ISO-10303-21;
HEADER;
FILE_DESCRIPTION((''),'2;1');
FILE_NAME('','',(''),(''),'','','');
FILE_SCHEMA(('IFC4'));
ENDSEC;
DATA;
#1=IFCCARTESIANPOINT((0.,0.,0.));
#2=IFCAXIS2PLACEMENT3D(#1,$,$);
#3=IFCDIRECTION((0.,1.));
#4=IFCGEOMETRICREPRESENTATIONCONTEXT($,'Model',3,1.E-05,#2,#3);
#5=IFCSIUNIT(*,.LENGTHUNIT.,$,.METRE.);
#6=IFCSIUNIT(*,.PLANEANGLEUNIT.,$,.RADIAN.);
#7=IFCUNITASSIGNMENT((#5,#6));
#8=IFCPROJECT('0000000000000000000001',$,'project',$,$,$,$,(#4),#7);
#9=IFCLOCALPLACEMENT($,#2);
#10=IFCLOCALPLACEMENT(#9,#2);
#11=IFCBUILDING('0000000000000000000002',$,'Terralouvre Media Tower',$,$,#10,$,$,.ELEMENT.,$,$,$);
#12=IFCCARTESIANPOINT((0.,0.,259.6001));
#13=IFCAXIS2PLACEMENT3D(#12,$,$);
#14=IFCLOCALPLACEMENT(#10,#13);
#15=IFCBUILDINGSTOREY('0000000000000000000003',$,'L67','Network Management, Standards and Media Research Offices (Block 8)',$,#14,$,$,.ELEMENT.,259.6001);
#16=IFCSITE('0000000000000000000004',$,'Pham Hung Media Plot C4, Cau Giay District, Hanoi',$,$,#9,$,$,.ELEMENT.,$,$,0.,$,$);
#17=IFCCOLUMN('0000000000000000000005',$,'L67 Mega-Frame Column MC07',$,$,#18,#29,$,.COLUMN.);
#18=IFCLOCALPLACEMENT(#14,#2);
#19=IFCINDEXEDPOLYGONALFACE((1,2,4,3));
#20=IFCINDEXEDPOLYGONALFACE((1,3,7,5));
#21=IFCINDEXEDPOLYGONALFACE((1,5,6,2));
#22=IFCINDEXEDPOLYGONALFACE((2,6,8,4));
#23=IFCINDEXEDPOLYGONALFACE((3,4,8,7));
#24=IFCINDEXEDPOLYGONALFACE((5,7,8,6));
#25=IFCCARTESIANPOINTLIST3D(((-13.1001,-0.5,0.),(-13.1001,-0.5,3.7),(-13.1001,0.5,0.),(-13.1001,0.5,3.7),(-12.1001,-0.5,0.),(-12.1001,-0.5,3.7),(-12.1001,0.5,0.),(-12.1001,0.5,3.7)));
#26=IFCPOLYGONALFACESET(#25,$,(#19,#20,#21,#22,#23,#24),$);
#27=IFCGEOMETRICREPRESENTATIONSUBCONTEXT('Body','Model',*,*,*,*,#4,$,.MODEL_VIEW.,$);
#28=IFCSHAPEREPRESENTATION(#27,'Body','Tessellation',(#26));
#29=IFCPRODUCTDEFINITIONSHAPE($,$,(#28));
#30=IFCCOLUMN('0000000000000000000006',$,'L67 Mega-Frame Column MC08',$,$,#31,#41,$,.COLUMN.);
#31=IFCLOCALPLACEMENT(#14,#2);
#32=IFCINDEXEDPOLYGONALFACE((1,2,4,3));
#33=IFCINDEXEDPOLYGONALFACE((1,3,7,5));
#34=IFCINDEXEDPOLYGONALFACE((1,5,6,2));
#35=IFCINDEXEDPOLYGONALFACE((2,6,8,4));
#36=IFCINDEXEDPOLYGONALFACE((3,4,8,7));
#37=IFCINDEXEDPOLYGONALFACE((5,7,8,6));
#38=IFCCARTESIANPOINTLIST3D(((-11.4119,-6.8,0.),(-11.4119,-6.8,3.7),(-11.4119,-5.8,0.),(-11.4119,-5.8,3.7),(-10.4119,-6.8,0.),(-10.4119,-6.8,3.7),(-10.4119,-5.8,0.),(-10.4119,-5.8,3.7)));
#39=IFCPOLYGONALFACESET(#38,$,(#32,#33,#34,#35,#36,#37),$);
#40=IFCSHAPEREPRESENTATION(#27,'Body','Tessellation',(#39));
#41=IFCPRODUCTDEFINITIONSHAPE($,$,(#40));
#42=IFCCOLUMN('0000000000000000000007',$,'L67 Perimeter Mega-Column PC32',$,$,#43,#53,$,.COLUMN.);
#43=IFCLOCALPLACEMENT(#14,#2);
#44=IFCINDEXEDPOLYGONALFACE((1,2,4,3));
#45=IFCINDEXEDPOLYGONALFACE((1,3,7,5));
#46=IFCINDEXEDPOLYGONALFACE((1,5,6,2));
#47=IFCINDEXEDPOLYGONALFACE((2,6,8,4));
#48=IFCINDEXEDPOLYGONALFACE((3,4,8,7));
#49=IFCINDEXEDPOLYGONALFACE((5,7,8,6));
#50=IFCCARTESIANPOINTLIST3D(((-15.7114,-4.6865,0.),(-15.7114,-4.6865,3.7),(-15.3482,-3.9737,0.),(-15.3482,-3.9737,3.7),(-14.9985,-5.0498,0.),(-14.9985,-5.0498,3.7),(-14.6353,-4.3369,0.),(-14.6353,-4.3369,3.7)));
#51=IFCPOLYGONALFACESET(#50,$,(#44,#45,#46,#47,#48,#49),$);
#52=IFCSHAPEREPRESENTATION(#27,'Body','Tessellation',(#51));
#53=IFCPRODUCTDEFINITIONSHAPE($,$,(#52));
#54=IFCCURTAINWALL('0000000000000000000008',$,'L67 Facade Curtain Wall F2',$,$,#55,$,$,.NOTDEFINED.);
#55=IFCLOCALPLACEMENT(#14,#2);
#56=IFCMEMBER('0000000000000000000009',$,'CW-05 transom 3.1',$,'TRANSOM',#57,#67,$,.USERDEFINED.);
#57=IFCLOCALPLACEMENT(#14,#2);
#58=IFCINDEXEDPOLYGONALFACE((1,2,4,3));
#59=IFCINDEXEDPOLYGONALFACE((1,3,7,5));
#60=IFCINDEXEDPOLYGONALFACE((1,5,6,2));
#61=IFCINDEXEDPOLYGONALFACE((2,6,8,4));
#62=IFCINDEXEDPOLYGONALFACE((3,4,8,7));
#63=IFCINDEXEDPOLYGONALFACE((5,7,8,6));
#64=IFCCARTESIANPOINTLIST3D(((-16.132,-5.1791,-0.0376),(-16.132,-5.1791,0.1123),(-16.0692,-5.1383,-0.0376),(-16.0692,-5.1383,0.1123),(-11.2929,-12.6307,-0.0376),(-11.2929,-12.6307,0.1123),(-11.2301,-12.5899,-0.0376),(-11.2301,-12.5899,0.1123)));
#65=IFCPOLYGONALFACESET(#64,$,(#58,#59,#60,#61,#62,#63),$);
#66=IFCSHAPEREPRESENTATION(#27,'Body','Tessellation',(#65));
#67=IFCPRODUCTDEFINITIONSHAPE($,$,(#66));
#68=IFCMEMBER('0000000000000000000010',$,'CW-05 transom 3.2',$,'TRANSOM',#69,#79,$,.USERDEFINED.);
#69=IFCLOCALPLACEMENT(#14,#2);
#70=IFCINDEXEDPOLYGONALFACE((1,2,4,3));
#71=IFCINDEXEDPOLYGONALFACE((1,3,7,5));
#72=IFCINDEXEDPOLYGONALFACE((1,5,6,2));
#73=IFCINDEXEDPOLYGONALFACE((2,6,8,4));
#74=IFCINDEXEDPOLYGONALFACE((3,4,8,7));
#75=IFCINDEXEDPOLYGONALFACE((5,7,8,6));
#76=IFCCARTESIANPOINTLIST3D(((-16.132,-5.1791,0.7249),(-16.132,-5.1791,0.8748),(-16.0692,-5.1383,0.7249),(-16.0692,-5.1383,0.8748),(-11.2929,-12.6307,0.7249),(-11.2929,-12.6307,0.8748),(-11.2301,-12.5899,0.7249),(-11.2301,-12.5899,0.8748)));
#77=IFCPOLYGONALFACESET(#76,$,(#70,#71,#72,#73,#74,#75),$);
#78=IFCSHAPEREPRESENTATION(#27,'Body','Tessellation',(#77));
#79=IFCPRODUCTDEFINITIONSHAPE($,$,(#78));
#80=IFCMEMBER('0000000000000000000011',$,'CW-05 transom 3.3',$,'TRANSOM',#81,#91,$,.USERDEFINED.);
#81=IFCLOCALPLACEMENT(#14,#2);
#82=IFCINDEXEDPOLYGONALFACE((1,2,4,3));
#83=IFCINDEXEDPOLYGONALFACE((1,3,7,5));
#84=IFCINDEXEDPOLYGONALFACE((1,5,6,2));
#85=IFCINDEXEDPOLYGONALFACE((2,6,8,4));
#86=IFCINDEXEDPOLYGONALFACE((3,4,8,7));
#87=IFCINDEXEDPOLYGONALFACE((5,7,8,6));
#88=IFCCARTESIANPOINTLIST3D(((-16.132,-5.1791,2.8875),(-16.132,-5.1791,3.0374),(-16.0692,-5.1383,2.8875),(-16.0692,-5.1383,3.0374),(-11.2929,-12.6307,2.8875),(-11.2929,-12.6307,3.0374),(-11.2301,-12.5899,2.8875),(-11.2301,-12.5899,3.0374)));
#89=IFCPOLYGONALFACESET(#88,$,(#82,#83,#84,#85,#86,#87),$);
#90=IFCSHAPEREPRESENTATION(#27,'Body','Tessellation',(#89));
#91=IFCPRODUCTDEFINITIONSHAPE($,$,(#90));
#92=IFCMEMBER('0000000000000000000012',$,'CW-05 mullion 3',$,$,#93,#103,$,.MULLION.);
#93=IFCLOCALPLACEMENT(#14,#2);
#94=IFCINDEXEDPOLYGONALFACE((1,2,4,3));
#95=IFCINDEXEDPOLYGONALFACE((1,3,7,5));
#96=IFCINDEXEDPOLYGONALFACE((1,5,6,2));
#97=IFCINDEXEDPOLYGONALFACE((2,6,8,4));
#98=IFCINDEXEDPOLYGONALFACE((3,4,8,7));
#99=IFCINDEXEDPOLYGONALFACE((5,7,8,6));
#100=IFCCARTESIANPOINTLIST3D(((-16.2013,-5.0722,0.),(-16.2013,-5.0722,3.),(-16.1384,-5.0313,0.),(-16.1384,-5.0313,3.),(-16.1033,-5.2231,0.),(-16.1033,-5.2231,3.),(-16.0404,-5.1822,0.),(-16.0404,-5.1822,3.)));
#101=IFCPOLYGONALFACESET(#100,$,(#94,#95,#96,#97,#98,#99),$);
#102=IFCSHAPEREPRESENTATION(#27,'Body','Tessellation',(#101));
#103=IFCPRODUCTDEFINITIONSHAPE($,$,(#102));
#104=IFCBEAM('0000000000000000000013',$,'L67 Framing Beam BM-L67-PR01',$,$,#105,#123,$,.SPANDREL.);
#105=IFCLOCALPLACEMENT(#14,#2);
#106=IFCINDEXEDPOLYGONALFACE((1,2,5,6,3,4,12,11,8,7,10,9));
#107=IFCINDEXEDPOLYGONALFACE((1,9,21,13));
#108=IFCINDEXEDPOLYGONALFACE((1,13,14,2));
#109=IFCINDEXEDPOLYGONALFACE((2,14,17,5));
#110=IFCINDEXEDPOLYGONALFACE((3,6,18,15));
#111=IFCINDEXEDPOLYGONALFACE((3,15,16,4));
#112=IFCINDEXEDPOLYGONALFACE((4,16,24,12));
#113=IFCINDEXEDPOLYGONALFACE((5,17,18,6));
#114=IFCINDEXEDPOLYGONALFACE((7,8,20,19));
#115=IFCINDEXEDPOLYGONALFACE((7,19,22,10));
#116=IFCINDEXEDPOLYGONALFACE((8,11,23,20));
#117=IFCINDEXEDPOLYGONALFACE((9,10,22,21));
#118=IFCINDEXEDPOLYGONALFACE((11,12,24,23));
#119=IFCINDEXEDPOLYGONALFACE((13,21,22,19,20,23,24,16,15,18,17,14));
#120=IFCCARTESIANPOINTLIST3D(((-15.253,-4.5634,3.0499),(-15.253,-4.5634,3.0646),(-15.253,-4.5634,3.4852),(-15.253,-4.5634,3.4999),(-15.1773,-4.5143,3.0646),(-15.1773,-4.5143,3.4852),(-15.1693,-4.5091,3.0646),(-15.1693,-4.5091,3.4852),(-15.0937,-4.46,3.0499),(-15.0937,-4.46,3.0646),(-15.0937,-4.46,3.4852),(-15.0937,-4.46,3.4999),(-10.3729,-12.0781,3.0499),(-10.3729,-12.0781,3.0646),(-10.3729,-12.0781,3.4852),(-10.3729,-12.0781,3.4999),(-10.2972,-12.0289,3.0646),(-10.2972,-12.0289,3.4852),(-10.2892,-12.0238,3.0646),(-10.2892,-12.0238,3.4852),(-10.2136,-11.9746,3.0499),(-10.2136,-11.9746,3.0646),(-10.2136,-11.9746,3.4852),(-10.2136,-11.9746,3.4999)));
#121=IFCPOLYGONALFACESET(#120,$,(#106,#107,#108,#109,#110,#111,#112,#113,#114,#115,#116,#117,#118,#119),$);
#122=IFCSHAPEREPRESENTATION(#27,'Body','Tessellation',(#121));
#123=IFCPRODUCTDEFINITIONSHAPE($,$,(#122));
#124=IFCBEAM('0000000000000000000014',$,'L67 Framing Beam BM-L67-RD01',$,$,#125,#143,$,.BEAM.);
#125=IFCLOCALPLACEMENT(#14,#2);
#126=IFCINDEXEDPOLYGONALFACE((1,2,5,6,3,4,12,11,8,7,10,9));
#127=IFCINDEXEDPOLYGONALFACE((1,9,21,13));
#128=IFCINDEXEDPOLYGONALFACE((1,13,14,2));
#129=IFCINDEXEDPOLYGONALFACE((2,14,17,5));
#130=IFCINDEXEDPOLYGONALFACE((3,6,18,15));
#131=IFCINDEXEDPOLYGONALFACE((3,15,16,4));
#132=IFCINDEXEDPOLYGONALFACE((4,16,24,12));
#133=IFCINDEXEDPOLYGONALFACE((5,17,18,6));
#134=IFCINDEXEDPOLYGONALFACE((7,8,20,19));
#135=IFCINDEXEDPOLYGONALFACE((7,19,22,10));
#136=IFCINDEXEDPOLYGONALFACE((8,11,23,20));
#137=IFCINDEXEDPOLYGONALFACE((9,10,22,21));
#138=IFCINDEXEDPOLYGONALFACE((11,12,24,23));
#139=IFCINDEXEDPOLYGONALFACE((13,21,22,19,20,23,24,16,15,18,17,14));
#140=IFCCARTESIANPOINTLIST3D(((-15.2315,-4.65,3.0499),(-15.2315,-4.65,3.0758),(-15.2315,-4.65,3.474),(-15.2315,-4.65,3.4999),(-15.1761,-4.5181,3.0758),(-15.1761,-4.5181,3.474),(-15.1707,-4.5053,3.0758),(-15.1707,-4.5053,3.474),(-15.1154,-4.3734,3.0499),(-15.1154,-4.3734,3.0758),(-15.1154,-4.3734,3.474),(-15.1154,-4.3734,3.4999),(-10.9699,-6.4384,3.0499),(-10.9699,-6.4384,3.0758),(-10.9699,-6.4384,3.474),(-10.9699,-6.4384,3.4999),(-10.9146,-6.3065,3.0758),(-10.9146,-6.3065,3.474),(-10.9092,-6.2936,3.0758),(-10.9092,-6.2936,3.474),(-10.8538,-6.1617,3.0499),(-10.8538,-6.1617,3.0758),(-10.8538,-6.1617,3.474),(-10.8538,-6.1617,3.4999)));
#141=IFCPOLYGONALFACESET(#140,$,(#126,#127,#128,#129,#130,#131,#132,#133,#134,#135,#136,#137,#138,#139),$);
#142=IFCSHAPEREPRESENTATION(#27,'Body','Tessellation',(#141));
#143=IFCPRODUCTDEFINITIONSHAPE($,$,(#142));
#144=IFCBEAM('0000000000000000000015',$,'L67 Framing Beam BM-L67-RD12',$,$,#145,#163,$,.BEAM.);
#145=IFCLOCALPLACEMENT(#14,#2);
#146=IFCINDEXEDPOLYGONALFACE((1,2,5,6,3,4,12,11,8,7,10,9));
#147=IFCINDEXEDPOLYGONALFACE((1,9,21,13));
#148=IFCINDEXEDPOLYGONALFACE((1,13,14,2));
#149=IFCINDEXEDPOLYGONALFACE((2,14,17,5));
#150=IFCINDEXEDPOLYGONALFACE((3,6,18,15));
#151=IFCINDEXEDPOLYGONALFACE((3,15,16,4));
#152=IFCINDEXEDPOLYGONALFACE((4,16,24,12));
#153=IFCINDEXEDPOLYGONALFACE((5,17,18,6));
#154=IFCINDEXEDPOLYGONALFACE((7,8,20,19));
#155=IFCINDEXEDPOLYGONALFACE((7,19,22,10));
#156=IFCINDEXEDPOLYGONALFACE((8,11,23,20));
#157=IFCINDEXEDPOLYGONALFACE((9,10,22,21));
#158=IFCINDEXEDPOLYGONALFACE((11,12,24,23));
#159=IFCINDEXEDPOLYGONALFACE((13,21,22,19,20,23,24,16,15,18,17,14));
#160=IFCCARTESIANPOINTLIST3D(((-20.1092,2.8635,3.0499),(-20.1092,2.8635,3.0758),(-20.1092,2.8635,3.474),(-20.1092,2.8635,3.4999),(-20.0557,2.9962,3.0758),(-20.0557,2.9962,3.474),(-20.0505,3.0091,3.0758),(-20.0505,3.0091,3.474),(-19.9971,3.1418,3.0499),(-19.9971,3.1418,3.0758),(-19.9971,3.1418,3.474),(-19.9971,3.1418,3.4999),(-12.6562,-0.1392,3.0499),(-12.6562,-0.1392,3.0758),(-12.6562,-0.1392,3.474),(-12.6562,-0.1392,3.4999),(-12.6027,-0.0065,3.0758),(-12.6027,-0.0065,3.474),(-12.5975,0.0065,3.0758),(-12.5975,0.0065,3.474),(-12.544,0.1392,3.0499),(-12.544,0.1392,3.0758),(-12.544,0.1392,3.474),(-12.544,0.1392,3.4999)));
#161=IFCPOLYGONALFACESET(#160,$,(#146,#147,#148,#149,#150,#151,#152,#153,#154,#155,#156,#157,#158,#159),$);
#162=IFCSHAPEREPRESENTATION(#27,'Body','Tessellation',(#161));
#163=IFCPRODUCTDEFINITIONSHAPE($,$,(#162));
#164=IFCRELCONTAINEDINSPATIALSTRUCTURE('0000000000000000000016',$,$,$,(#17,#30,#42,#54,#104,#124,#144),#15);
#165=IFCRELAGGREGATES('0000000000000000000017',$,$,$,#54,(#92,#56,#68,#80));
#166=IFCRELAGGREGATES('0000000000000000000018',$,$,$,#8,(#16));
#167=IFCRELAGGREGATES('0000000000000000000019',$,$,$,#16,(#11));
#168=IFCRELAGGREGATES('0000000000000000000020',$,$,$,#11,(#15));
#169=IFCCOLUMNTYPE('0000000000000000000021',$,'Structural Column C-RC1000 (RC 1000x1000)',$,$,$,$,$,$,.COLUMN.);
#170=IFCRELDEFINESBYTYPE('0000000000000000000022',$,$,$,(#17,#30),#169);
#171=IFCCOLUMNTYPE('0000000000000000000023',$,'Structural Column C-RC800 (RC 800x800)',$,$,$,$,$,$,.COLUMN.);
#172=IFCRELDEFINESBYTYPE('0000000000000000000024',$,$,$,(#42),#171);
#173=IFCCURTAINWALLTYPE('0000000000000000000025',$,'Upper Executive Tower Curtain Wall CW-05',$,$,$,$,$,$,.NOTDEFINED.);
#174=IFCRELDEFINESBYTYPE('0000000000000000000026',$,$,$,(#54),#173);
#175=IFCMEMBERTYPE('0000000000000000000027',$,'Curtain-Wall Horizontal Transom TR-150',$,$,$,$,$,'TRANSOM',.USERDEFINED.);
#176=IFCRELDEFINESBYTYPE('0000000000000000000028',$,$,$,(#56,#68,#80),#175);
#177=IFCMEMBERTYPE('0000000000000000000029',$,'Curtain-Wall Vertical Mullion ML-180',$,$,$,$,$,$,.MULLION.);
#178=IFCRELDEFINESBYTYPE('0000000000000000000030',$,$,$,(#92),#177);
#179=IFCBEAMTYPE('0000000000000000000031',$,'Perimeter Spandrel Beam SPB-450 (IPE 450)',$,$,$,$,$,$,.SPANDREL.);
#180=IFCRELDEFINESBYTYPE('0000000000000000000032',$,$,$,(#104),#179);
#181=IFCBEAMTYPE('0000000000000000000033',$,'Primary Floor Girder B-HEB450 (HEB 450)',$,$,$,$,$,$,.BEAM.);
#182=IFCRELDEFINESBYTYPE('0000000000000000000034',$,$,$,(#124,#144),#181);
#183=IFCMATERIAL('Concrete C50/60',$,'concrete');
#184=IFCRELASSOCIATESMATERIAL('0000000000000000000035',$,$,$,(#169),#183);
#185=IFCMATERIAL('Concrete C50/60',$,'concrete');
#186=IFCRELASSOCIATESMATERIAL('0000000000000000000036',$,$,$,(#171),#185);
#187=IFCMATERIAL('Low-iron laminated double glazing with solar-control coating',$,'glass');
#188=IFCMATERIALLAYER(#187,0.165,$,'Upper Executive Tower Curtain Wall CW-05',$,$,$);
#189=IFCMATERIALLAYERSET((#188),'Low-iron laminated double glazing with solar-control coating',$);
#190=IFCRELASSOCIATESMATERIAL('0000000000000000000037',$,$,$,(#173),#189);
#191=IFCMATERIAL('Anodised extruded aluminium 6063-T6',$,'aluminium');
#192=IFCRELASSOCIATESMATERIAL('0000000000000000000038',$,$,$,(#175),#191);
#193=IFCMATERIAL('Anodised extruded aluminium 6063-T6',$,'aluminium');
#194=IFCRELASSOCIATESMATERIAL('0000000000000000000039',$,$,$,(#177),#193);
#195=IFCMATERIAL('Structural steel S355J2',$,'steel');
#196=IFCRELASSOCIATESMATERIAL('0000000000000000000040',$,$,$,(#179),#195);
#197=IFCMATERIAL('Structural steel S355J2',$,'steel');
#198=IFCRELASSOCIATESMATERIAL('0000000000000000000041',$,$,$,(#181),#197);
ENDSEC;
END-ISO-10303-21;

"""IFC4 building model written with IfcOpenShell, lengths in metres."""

from ifc_helpers import new_model, si_unit, direction, frame, origin, origin_2d, place, context, subcontext, project, spatial, rectangle, i_section, extrude, material, layer, layer_set, material_profile, profile_set, type_object, element, aggregate, save


model = new_model("IFC4")

# Units and contexts
model_context = context("Model", 3, precision=1e-05, world=origin(), true_north=direction((0.0, 1.0)))
body_context = subcontext(model_context, "Body", "Model", "MODEL_VIEW")
ifc_project = project(units=[si_unit("LENGTHUNIT", "METRE"), si_unit("PLANEANGLEUNIT", "RADIAN")], contexts=[model_context])

# Site, building, storey
site_placement = place(None, origin())
site = spatial("IfcSite", under=ifc_project, at=site_placement, Name="Pham Hung Media Plot C4, Cau Giay District, Hanoi", CompositionType="ELEMENT", RefElevation=0.0)
building_placement = place(site_placement, origin())
building = spatial("IfcBuilding", under=site, at=building_placement, Name="Terralouvre Media Tower", CompositionType="ELEMENT")
storey_placement = place(building_placement, frame((0.0, 0.0, 259.6001)))
storey = spatial("IfcBuildingStorey", under=building, at=storey_placement, Name="L67", Description="Network Management, Standards and Media Research Offices (Block 8)", CompositionType="ELEMENT", Elevation=259.6001)

# Columns
ifc_material_1 = material(Name="Concrete C50/60", Category="concrete")
ifc_material_profile_1 = material_profile(ifc_material_1, rectangle(XDim=1.0, YDim=1.0, at=origin_2d()), Name="RC 1000x1000")
ifc_profile_set_1 = profile_set([ifc_material_profile_1], Name="Concrete C50/60")
column_type_1 = type_object("IfcColumnType", Name="Structural Column C-RC1000 (RC 1000x1000)", PredefinedType="COLUMN", material=ifc_profile_set_1)
for number, where, z_axis, x_axis, name in (
    (1, (-12.6001, 0.0, 0.0), (0.0, 0.0, 1.0), (1.0, 0.0, 0.0), "L67 Mega-Frame Column MC07"),
    (2, (-10.9119, -6.3, 0.0), (0.0, 0.0, 1.0), (1.0, 0.0, 0.0), "L67 Mega-Frame Column MC08"),
):
    element("IfcColumn", number, at=place(storey_placement, frame(where, z_axis=z_axis, x_axis=x_axis)), inside=storey, type_object=column_type_1, Name=name, PredefinedType="COLUMN", context=body_context, shape_type="SweptSolid", body=[
        extrude(rectangle(XDim=1.0, YDim=1.0, at=origin_2d()), origin(), (0.0, 0.0, 1.0), 3.7),
    ])
ifc_material_2 = material(Name="Concrete C50/60", Category="concrete")
ifc_material_profile_2 = material_profile(ifc_material_2, rectangle(XDim=0.8, YDim=0.8, at=origin_2d()), Name="RC 800x800")
ifc_profile_set_2 = profile_set([ifc_material_profile_2], Name="Concrete C50/60")
column_type_2 = type_object("IfcColumnType", Name="Structural Column C-RC800 (RC 800x800)", PredefinedType="COLUMN", material=ifc_profile_set_2)
column_placement = place(storey_placement, frame((-15.1733, -4.5117, 0.0), z_axis=(0.0, 0.0, 1.0), x_axis=(0.45399, 0.891007, 0.0)))
element("IfcColumn", 3, at=column_placement, inside=storey, type_object=column_type_2, Name="L67 Perimeter Mega-Column PC32", PredefinedType="COLUMN", context=body_context, shape_type="SweptSolid", body=[
    extrude(rectangle(XDim=0.8, YDim=0.8, at=origin_2d()), origin(), (0.0, 0.0, 1.0), 3.7),
])

# Curtain wall, members
ifc_material_3 = material(Name="Low-iron laminated double glazing with solar-control coating", Category="glass")
ifc_layer_1 = layer(ifc_material_3, 0.165, Name="Upper Executive Tower Curtain Wall CW-05")
ifc_layer_set_1 = layer_set([ifc_layer_1], Name="Low-iron laminated double glazing with solar-control coating")
curtain_wall_type = type_object("IfcCurtainWallType", Name="Upper Executive Tower Curtain Wall CW-05", PredefinedType="NOTDEFINED", material=ifc_layer_set_1)
curtain_wall_placement = place(storey_placement, origin())
curtain_wall = element("IfcCurtainWall", 4, at=curtain_wall_placement, inside=storey, type_object=curtain_wall_type, Name="L67 Facade Curtain Wall F2", PredefinedType="NOTDEFINED")
ifc_material_4 = material(Name="Anodised extruded aluminium 6063-T6", Category="aluminium")
ifc_material_profile_3 = material_profile(ifc_material_4, rectangle(XDim=0.075, YDim=0.1499, at=origin_2d()), Name="ALU 75x150")
ifc_profile_set_3 = profile_set([ifc_material_profile_3], Name="Anodised extruded aluminium 6063-T6")
member_type_1 = type_object("IfcMemberType", Name="Curtain-Wall Horizontal Transom TR-150", ElementType="TRANSOM", PredefinedType="USERDEFINED", material=ifc_profile_set_3)
member_1_placement = place(storey_placement, frame((-16.1006, -5.1587, 0.0374), z_axis=(0.544635, -0.838673, 0.0), x_axis=(0.838673, 0.544635, 0.0)))
member_1 = element("IfcMember", 5, at=member_1_placement, type_object=member_type_1, Name="CW-05 transom 3.1", ObjectType="TRANSOM", PredefinedType="USERDEFINED", context=body_context, shape_type="SweptSolid", body=[
    extrude(rectangle(XDim=0.075, YDim=0.1499, at=origin_2d()), origin(), (0.0, 0.0, 1.0), 8.885),
])
member_2_placement = place(storey_placement, frame((-16.1006, -5.1587, 0.7998), z_axis=(0.544635, -0.838673, 0.0), x_axis=(0.838673, 0.544635, 0.0)))
member_2 = element("IfcMember", 6, at=member_2_placement, type_object=member_type_1, Name="CW-05 transom 3.2", ObjectType="TRANSOM", PredefinedType="USERDEFINED", context=body_context, shape_type="SweptSolid", body=[
    extrude(rectangle(XDim=0.075, YDim=0.1499, at=origin_2d()), origin(), (0.0, 0.0, 1.0), 8.885),
])
member_3_placement = place(storey_placement, frame((-16.1006, -5.1587, 2.9624), z_axis=(0.544635, -0.838673, 0.0), x_axis=(0.838673, 0.544635, 0.0)))
member_3 = element("IfcMember", 7, at=member_3_placement, type_object=member_type_1, Name="CW-05 transom 3.3", ObjectType="TRANSOM", PredefinedType="USERDEFINED", context=body_context, shape_type="SweptSolid", body=[
    extrude(rectangle(XDim=0.075, YDim=0.1499, at=origin_2d()), origin(), (0.0, 0.0, 1.0), 8.885),
])
ifc_material_5 = material(Name="Anodised extruded aluminium 6063-T6", Category="aluminium")
ifc_material_profile_4 = material_profile(ifc_material_5, rectangle(XDim=0.075, YDim=0.1799, at=origin_2d()), Name="ALU 75x180")
ifc_profile_set_4 = profile_set([ifc_material_profile_4], Name="Anodised extruded aluminium 6063-T6")
member_type_2 = type_object("IfcMemberType", Name="Curtain-Wall Vertical Mullion ML-180", PredefinedType="MULLION", material=ifc_profile_set_4)
member_4_placement = place(storey_placement, frame((-16.1208, -5.1272, 0.0), z_axis=(0.0, 0.0, 1.0), x_axis=(0.838671, 0.544639, 0.0)))
member_4 = element("IfcMember", 8, at=member_4_placement, type_object=member_type_2, Name="CW-05 mullion 3", PredefinedType="MULLION", context=body_context, shape_type="SweptSolid", body=[
    extrude(rectangle(XDim=0.075, YDim=0.1799, at=origin_2d()), origin(), (0.0, 0.0, 1.0), 3.0),
])

# Beams
ifc_material_6 = material(Name="Structural steel S355J2", Category="steel")
ifc_material_profile_5 = material_profile(ifc_material_6, i_section(OverallWidth=0.1899, OverallDepth=0.45, WebThickness=0.0095, FlangeThickness=0.0146, at=origin_2d()), Name="IPE 450")
ifc_profile_set_5 = profile_set([ifc_material_profile_5], Name="Structural steel S355J2")
beam_type_1 = type_object("IfcBeamType", Name="Perimeter Spandrel Beam SPB-450 (IPE 450)", PredefinedType="SPANDREL", material=ifc_profile_set_5)
beam_1_placement = place(storey_placement, frame((-15.1733, -4.5117, 3.2749), z_axis=(0.544644, -0.838668, 0.0), x_axis=(0.838668, 0.544644, 0.0)))
element("IfcBeam", 9, at=beam_1_placement, inside=storey, type_object=beam_type_1, Name="L67 Framing Beam BM-L67-PR01", PredefinedType="SPANDREL", context=body_context, shape_type="SweptSolid", body=[
    extrude(i_section(OverallWidth=0.1899, OverallDepth=0.45, WebThickness=0.0095, FlangeThickness=0.0146, at=origin_2d()), origin(), (0.0, 0.0, 1.0), 8.9602),
])
ifc_material_7 = material(Name="Structural steel S355J2", Category="steel")
ifc_material_profile_6 = material_profile(ifc_material_7, i_section(OverallWidth=0.3, OverallDepth=0.45, WebThickness=0.0139, FlangeThickness=0.0259, at=origin_2d()), Name="HEB 450")
ifc_profile_set_6 = profile_set([ifc_material_profile_6], Name="Structural steel S355J2")
beam_type_2 = type_object("IfcBeamType", Name="Primary Floor Girder B-HEB450 (HEB 450)", PredefinedType="BEAM", material=ifc_profile_set_6)
beam_2_placement = place(storey_placement, frame((-10.9119, -6.3, 3.2749), z_axis=(-0.922097, 0.386959, 0.0), x_axis=(-0.386959, -0.922097, 0.0)))
element("IfcBeam", 10, at=beam_2_placement, inside=storey, type_object=beam_type_2, Name="L67 Framing Beam BM-L67-RD01", PredefinedType="BEAM", context=body_context, shape_type="SweptSolid", body=[
    extrude(i_section(OverallWidth=0.3, OverallDepth=0.45, WebThickness=0.0139, FlangeThickness=0.0259, at=origin_2d()), origin(), (0.0, 0.0, 1.0), 4.6216),
])
beam_3_placement = place(storey_placement, frame((-12.6001, 0.0, 3.2749), z_axis=(-0.927554, 0.373689, 0.0), x_axis=(-0.373689, -0.927554, 0.0)))
element("IfcBeam", 11, at=beam_3_placement, inside=storey, type_object=beam_type_2, Name="L67 Framing Beam BM-L67-RD12", PredefinedType="BEAM", context=body_context, shape_type="SweptSolid", body=[
    extrude(i_section(OverallWidth=0.3, OverallDepth=0.45, WebThickness=0.0139, FlangeThickness=0.0259, at=origin_2d()), origin(), (0.0, 0.0, 1.0), 8.0352),
])

aggregate(curtain_wall, [member_4, member_1, member_2, member_3])

save(model, "model.ifc")
